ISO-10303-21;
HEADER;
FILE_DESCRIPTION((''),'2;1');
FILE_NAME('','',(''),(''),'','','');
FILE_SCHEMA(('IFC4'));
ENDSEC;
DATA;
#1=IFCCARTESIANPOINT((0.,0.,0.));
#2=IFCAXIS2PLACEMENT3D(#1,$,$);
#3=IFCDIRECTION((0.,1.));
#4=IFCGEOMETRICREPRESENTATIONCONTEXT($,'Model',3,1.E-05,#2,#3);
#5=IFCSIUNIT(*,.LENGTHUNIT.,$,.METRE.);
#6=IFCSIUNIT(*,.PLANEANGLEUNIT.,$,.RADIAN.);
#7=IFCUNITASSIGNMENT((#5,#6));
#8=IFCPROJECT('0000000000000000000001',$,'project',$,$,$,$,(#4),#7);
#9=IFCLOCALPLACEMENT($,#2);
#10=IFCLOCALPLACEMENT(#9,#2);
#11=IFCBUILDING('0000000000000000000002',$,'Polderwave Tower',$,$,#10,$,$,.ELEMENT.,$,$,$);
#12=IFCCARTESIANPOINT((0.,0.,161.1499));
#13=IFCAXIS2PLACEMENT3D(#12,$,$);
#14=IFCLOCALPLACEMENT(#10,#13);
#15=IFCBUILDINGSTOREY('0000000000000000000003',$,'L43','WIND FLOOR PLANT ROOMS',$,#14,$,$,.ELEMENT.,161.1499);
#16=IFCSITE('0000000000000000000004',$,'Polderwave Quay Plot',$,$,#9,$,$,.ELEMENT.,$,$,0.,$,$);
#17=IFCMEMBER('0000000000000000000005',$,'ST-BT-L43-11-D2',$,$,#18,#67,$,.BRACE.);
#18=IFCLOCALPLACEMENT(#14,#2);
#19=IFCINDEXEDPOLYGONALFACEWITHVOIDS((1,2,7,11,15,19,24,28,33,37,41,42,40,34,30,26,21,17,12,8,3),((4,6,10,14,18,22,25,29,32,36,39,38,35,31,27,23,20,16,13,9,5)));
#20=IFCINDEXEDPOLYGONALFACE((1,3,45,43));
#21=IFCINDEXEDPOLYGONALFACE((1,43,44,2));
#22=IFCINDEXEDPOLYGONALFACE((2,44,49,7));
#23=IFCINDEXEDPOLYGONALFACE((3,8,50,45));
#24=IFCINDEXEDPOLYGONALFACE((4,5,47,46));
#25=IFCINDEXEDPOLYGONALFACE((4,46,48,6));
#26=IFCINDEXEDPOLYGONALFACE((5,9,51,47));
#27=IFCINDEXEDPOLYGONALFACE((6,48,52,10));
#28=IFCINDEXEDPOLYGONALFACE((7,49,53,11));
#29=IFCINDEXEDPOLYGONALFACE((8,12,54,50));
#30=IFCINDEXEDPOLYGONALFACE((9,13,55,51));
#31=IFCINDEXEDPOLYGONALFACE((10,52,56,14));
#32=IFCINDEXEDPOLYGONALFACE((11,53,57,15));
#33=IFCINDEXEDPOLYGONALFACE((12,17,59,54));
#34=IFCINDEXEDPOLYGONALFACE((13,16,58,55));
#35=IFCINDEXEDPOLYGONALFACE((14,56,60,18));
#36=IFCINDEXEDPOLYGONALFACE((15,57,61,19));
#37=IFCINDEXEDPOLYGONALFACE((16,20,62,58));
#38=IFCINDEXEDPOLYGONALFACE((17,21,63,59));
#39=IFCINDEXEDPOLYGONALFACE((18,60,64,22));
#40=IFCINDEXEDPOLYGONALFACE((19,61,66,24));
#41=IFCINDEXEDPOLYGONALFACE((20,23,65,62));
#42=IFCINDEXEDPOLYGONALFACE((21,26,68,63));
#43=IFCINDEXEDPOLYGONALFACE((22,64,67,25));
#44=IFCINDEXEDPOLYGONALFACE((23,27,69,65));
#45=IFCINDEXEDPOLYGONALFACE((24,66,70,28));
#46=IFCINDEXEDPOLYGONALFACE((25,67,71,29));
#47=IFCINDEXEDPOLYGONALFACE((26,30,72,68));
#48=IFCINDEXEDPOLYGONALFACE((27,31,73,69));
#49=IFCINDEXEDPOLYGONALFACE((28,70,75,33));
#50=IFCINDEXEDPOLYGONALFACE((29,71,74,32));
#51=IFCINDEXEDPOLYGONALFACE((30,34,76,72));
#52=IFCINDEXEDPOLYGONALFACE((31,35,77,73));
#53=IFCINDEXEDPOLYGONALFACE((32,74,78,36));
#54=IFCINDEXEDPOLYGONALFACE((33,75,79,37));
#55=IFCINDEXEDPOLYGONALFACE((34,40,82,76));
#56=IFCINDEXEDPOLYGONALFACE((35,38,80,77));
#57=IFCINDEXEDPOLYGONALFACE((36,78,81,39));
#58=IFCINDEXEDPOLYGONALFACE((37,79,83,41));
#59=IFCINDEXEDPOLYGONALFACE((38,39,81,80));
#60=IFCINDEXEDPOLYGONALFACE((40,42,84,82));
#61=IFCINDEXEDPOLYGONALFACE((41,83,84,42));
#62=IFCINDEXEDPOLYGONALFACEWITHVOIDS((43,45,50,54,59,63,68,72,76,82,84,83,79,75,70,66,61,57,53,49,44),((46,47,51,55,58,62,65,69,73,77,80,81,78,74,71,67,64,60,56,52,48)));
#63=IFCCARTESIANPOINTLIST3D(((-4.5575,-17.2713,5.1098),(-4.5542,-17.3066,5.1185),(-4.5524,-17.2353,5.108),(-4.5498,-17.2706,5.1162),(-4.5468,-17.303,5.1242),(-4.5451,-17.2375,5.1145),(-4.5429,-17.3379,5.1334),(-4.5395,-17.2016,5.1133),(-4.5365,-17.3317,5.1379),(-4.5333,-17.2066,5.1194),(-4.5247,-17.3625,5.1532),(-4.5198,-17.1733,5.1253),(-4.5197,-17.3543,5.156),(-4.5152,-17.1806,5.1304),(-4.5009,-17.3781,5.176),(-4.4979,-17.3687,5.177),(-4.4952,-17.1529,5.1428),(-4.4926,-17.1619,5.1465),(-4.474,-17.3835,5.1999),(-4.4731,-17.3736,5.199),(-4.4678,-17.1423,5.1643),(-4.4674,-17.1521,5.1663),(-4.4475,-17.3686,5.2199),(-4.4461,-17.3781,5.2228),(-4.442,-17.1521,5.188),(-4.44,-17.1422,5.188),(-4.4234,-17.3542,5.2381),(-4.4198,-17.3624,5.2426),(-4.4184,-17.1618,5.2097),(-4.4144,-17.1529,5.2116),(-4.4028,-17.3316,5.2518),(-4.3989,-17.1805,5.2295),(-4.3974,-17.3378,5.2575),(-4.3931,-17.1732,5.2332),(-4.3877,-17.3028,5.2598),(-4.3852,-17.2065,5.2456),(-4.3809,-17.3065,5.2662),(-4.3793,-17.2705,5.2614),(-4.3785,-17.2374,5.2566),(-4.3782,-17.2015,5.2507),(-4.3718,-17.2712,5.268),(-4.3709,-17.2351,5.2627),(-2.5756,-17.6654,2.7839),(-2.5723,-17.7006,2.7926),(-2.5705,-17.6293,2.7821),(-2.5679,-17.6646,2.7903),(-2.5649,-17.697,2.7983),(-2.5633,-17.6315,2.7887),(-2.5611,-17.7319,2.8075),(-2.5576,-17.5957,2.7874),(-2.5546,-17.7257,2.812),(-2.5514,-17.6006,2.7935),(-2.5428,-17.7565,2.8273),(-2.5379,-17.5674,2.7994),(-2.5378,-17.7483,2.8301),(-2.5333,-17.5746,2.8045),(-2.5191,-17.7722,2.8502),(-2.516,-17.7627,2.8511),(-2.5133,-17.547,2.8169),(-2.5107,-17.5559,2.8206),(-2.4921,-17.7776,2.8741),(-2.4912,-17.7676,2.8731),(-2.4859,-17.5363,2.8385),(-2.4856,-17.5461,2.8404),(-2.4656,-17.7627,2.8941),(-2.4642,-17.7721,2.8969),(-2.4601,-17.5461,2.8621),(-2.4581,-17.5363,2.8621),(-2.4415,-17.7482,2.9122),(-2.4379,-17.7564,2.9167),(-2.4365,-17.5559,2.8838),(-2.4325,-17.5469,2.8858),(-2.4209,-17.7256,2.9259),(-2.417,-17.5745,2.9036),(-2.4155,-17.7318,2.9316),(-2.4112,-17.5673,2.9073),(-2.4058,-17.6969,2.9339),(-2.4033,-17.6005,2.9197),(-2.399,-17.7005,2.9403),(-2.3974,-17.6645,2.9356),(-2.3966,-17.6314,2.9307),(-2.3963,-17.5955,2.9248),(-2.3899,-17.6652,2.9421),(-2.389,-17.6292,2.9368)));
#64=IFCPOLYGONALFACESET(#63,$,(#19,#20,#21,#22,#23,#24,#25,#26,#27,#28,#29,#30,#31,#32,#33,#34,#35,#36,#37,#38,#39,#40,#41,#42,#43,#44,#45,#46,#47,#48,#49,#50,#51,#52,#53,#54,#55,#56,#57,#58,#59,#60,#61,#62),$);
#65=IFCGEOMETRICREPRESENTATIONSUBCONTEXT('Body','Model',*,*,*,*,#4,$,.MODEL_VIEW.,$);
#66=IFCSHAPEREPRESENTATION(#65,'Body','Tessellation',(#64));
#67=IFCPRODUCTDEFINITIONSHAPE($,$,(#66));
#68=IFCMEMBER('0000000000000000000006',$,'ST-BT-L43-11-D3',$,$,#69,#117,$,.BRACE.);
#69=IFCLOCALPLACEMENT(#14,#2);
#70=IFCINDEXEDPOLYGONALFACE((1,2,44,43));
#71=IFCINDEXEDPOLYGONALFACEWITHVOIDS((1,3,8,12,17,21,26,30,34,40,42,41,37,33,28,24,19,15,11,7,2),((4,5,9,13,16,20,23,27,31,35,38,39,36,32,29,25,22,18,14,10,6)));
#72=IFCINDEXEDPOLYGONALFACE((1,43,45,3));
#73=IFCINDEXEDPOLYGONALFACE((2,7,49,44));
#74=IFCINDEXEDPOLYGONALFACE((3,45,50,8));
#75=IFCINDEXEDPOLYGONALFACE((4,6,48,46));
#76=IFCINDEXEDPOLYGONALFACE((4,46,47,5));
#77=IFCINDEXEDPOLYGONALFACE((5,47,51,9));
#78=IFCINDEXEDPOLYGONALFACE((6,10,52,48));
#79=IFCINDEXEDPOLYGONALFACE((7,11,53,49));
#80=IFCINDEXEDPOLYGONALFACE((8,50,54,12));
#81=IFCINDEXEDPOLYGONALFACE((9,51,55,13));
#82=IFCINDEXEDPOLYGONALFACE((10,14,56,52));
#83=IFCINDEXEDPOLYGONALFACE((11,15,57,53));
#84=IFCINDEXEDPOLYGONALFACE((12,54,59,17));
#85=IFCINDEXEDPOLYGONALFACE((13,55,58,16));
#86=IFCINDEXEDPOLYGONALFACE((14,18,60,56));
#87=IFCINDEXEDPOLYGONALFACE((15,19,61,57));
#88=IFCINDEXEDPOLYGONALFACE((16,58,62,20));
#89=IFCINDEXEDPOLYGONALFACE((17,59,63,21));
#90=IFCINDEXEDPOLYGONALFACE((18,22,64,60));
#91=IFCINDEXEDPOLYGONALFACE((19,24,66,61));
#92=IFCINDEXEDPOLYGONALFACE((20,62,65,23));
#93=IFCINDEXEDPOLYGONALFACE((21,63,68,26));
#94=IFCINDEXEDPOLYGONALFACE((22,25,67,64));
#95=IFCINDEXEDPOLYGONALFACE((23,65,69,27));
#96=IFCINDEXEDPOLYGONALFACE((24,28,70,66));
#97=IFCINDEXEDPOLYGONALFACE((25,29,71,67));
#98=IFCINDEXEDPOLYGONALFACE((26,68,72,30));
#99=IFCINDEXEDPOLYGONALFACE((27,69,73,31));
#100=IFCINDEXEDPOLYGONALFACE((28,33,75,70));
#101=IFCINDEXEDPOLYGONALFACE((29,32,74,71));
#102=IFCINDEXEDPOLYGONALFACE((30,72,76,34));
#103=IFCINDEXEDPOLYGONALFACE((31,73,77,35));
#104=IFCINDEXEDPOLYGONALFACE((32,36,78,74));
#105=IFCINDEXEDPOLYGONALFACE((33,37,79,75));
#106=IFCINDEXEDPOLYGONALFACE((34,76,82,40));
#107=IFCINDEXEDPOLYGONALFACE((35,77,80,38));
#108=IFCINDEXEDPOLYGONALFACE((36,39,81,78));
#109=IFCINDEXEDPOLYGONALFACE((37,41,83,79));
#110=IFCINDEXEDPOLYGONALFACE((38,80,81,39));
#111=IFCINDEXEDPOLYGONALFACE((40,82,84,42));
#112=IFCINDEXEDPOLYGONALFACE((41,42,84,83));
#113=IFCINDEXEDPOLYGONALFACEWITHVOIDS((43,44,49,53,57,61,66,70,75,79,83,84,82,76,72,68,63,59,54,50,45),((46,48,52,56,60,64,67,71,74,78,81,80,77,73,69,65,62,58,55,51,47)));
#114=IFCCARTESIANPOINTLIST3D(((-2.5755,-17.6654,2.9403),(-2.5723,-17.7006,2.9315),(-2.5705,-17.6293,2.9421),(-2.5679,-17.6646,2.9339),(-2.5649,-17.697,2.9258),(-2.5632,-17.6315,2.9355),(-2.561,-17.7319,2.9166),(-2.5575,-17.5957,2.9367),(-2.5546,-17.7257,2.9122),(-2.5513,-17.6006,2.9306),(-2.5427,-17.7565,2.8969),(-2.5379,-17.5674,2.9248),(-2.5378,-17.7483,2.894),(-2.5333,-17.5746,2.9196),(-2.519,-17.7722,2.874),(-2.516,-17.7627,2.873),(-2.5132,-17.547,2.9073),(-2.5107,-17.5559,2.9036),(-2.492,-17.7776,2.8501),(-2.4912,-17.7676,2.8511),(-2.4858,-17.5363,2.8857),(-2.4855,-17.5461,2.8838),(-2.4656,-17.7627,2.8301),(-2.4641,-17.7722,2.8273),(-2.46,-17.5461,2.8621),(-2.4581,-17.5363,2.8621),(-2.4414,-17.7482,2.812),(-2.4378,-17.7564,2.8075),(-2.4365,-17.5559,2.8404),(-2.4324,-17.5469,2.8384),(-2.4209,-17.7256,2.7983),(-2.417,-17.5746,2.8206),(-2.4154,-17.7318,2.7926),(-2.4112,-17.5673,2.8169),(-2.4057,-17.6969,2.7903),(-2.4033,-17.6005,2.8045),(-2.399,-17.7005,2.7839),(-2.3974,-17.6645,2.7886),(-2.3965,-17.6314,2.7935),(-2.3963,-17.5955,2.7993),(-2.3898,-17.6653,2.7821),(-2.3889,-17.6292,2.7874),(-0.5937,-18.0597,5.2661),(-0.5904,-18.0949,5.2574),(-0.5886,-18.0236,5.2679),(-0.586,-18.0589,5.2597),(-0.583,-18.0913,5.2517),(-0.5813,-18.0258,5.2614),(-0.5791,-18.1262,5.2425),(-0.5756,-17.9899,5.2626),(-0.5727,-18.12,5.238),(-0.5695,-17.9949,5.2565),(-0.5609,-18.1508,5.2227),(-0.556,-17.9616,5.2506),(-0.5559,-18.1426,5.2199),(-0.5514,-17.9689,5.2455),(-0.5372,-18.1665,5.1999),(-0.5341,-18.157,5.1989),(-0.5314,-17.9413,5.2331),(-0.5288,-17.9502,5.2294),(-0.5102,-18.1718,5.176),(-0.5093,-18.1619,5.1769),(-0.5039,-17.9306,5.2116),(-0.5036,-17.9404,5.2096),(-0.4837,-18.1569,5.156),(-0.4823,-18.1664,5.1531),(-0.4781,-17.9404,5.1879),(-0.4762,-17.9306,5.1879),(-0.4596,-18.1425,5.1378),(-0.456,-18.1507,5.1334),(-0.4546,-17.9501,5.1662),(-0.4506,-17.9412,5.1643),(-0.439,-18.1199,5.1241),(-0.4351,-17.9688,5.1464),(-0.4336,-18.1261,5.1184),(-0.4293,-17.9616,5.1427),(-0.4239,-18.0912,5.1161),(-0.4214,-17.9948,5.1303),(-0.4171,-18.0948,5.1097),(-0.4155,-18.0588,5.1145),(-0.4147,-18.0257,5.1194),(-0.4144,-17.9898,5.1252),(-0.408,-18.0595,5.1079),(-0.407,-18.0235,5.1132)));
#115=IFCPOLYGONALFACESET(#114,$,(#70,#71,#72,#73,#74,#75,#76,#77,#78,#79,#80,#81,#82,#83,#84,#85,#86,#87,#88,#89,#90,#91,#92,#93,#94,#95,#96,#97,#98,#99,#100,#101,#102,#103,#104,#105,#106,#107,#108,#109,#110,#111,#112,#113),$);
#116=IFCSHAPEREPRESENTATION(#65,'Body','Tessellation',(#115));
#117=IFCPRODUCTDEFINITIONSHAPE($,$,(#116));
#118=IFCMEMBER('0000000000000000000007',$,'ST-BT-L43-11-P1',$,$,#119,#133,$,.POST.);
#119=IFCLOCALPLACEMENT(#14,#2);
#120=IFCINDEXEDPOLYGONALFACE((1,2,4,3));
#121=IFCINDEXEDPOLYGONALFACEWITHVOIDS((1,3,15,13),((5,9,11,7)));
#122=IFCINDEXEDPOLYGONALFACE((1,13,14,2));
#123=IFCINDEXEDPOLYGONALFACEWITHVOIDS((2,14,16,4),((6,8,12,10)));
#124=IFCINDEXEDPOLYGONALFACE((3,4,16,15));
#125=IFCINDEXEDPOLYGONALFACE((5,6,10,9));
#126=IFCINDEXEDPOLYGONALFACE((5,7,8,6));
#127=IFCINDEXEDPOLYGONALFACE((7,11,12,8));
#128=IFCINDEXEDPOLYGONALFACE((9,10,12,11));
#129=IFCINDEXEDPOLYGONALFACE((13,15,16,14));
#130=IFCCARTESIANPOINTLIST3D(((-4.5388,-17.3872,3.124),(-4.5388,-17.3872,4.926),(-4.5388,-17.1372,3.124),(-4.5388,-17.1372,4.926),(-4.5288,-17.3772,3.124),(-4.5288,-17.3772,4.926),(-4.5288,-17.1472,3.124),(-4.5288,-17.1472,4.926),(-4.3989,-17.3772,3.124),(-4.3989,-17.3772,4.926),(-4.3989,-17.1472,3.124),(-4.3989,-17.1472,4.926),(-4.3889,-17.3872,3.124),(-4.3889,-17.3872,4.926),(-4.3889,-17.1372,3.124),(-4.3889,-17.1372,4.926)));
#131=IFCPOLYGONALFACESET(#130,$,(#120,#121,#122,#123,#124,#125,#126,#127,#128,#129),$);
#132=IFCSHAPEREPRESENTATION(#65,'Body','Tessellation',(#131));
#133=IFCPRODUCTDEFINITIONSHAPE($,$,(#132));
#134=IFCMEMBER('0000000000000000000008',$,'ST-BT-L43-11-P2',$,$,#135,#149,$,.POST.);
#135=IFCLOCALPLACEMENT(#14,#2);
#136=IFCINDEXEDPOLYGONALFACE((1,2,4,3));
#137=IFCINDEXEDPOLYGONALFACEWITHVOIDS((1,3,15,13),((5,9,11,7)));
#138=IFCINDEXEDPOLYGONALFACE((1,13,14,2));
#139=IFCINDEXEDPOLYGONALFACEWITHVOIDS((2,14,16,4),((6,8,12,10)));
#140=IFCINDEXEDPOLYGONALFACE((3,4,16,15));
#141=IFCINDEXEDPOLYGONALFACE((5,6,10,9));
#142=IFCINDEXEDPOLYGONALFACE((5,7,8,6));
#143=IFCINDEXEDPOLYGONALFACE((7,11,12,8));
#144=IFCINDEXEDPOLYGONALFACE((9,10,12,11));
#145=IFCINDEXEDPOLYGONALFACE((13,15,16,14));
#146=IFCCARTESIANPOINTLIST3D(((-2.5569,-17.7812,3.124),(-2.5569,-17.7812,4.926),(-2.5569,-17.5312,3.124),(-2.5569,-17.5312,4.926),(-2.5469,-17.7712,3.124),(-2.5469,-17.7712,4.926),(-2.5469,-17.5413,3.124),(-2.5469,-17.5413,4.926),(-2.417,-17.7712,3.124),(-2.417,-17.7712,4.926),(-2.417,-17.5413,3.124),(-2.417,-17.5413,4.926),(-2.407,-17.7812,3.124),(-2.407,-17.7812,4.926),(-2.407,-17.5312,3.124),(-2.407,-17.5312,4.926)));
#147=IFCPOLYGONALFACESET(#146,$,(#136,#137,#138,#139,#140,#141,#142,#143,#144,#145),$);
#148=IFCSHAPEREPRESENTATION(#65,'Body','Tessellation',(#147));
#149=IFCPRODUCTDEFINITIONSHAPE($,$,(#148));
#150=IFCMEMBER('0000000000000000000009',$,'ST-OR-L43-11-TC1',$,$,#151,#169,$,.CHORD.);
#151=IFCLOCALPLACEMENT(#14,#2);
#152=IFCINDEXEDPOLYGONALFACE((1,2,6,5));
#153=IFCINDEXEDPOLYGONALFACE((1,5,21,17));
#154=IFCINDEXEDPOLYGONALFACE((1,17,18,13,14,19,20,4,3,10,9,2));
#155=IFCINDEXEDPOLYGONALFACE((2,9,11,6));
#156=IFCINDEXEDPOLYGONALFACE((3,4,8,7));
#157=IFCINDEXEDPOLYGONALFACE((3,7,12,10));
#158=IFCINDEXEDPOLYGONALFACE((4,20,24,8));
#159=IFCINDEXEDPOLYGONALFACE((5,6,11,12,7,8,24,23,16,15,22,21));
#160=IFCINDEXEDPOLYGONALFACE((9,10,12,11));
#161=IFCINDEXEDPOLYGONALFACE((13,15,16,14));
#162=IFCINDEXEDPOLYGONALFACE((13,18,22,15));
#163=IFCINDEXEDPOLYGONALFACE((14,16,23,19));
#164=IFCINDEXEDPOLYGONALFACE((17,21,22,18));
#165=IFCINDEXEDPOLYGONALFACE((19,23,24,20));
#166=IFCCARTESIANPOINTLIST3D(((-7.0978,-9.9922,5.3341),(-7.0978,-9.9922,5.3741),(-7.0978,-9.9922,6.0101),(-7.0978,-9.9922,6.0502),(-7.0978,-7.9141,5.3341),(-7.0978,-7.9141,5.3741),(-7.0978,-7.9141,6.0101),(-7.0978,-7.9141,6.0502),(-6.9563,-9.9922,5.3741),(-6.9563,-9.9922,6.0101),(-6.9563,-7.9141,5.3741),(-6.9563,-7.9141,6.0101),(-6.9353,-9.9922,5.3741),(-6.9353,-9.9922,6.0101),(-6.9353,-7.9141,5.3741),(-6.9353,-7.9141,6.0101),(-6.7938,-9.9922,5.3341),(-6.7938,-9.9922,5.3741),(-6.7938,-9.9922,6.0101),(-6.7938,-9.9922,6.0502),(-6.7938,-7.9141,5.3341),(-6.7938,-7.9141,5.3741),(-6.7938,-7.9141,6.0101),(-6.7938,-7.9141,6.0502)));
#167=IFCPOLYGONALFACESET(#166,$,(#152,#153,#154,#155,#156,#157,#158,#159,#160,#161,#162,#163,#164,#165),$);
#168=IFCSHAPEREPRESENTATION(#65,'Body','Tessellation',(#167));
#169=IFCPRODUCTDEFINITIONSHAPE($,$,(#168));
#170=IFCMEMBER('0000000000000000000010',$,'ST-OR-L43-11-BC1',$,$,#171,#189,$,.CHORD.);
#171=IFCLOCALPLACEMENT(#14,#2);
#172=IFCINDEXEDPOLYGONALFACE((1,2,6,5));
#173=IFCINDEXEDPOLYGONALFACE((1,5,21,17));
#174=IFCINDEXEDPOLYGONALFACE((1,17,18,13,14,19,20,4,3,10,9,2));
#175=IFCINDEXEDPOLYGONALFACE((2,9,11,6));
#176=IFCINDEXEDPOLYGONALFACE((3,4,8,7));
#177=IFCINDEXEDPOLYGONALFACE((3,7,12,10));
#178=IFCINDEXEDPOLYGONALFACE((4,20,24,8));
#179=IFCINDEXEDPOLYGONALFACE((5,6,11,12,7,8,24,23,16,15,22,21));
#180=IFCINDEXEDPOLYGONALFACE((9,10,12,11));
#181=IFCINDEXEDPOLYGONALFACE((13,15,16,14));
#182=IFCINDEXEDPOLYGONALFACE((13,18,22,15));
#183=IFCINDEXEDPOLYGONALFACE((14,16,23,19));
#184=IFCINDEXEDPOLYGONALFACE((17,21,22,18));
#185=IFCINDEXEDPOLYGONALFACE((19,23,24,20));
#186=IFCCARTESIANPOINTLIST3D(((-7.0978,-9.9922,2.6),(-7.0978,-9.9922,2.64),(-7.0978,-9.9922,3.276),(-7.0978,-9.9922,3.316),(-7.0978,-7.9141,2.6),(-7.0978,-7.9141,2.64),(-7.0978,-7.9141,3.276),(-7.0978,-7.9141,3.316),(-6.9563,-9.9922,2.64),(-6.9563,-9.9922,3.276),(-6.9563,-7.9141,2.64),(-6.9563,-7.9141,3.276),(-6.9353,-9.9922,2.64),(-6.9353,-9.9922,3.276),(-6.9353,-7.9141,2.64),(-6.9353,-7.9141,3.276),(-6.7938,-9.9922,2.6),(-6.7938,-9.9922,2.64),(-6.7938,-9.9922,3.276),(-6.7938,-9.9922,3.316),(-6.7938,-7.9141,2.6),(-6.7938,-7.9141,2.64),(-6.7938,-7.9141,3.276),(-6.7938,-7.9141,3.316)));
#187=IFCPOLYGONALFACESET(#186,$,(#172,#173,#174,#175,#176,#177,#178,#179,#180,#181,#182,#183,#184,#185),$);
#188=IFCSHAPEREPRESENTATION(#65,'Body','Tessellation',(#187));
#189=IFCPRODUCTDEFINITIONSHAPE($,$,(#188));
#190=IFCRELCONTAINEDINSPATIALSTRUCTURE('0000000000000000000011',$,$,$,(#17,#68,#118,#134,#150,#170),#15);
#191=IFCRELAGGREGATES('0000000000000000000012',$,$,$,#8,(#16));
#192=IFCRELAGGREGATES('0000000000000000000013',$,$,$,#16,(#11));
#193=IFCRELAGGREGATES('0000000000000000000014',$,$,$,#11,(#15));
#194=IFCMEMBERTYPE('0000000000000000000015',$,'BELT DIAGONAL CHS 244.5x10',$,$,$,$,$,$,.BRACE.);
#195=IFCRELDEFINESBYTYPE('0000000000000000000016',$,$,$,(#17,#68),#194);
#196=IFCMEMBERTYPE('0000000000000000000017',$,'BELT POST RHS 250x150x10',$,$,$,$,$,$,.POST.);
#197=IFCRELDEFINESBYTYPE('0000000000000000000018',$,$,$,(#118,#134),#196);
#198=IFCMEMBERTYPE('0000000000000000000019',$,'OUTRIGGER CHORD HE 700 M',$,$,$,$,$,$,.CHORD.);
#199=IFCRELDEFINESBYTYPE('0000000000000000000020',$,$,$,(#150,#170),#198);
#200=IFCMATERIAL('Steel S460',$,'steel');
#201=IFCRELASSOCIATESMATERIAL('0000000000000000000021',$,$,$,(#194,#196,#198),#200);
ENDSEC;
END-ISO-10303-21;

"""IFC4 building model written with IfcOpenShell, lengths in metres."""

from ifc_helpers import new_model, si_unit, direction, frame, origin, origin_2d, place, context, subcontext, project, spatial, hollow_rectangle, hollow_circle, i_section, extrude, material, material_profile, profile_set, type_object, element, save


model = new_model("IFC4")

# Units and contexts
model_context = context("Model", 3, precision=1e-05, world=origin(), true_north=direction((0.0, 1.0)))
body_context = subcontext(model_context, "Body", "Model", "MODEL_VIEW")
ifc_project = project(units=[si_unit("LENGTHUNIT", "METRE"), si_unit("PLANEANGLEUNIT", "RADIAN")], contexts=[model_context])

# Site, building, storey
site_placement = place(None, origin())
site = spatial("IfcSite", under=ifc_project, at=site_placement, Name="Polderwave Quay Plot", CompositionType="ELEMENT", RefElevation=0.0)
building_placement = place(site_placement, origin())
building = spatial("IfcBuilding", under=site, at=building_placement, Name="Polderwave Tower", CompositionType="ELEMENT")
storey_placement = place(building_placement, frame((0.0, 0.0, 161.1499)))
storey = spatial("IfcBuildingStorey", under=building, at=storey_placement, Name="L43", Description="WIND FLOOR PLANT ROOMS", CompositionType="ELEMENT", Elevation=161.1499)

# Members
ifc_material_1 = material(Name="Steel S460", Category="steel")
ifc_material_profile_1 = material_profile(ifc_material_1, hollow_circle(Radius=0.1223, WallThickness=0.01, at=origin_2d()), Name="CHS 244.5x10")
ifc_profile_set_1 = profile_set([ifc_material_profile_1], Name="Steel S460")
member_type_1 = type_object("IfcMemberType", Name="BELT DIAGONAL CHS 244.5x10", PredefinedType="BRACE", material=ifc_profile_set_1)
for number, where, z_axis, x_axis, name in (
    (1, (-4.4639, -17.2622, 5.188), (0.643252, -0.12789, -0.754898), (0.195001, 0.980803, 0.0), "ST-BT-L43-11-D2"),
    (2, (-2.4819, -17.6562, 2.8621), (0.643246, -0.127968, 0.75489), (0.195117, 0.98078, 0.0), "ST-BT-L43-11-D3"),
):
    element("IfcMember", number, at=place(storey_placement, frame(where, z_axis=z_axis, x_axis=x_axis)), inside=storey, type_object=member_type_1, Name=name, PredefinedType="BRACE", context=body_context, shape_type="SweptSolid", body=[
        extrude(hollow_circle(Radius=0.1223, WallThickness=0.01, at=origin_2d()), origin(), (0.0, 0.0, 1.0), 3.0811),
    ])
ifc_material_profile_2 = material_profile(ifc_material_1, hollow_rectangle(XDim=0.1499, YDim=0.25, WallThickness=0.01, at=origin_2d()), Name="RHS 250x150x10")
ifc_profile_set_2 = profile_set([ifc_material_profile_2], Name="Steel S460")
member_type_2 = type_object("IfcMemberType", Name="BELT POST RHS 250x150x10", PredefinedType="POST", material=ifc_profile_set_2)
for number, where, z_axis, x_axis, name in (
    (3, (-4.4639, -17.2622, 3.124), (0.0, 0.0, 1.0), (1.0, 0.0, 0.0), "ST-BT-L43-11-P1"),
    (4, (-2.4819, -17.6562, 3.124), (0.0, 0.0, 1.0), (1.0, 0.0, 0.0), "ST-BT-L43-11-P2"),
):
    element("IfcMember", number, at=place(storey_placement, frame(where, z_axis=z_axis, x_axis=x_axis)), inside=storey, type_object=member_type_2, Name=name, PredefinedType="POST", context=body_context, shape_type="SweptSolid", body=[
        extrude(hollow_rectangle(XDim=0.1499, YDim=0.25, WallThickness=0.01, at=origin_2d()), origin(), (0.0, 0.0, 1.0), 1.802),
    ])
ifc_material_profile_3 = material_profile(ifc_material_1, i_section(OverallWidth=0.304, OverallDepth=0.7161, WebThickness=0.021, FlangeThickness=0.04, at=origin_2d()), Name="HE 700 M")
ifc_profile_set_3 = profile_set([ifc_material_profile_3], Name="Steel S460")
member_type_3 = type_object("IfcMemberType", Name="OUTRIGGER CHORD HE 700 M", PredefinedType="CHORD", material=ifc_profile_set_3)
for number, where, z_axis, x_axis, name in (
    (5, (-6.9458, -7.9141, 5.6921), (0.0, -1.0, 0.0), (1.0, 0.0, 0.0), "ST-OR-L43-11-TC1"),
    (6, (-6.9458, -7.9141, 2.958), (0.0, -1.0, 0.0), (1.0, 0.0, 0.0), "ST-OR-L43-11-BC1"),
):
    element("IfcMember", number, at=place(storey_placement, frame(where, z_axis=z_axis, x_axis=x_axis)), inside=storey, type_object=member_type_3, Name=name, PredefinedType="CHORD", context=body_context, shape_type="SweptSolid", body=[
        extrude(i_section(OverallWidth=0.304, OverallDepth=0.7161, WebThickness=0.021, FlangeThickness=0.04, at=origin_2d()), origin(), (0.0, 0.0, 1.0), 2.0781),
    ])

save(model, "model.ifc")
